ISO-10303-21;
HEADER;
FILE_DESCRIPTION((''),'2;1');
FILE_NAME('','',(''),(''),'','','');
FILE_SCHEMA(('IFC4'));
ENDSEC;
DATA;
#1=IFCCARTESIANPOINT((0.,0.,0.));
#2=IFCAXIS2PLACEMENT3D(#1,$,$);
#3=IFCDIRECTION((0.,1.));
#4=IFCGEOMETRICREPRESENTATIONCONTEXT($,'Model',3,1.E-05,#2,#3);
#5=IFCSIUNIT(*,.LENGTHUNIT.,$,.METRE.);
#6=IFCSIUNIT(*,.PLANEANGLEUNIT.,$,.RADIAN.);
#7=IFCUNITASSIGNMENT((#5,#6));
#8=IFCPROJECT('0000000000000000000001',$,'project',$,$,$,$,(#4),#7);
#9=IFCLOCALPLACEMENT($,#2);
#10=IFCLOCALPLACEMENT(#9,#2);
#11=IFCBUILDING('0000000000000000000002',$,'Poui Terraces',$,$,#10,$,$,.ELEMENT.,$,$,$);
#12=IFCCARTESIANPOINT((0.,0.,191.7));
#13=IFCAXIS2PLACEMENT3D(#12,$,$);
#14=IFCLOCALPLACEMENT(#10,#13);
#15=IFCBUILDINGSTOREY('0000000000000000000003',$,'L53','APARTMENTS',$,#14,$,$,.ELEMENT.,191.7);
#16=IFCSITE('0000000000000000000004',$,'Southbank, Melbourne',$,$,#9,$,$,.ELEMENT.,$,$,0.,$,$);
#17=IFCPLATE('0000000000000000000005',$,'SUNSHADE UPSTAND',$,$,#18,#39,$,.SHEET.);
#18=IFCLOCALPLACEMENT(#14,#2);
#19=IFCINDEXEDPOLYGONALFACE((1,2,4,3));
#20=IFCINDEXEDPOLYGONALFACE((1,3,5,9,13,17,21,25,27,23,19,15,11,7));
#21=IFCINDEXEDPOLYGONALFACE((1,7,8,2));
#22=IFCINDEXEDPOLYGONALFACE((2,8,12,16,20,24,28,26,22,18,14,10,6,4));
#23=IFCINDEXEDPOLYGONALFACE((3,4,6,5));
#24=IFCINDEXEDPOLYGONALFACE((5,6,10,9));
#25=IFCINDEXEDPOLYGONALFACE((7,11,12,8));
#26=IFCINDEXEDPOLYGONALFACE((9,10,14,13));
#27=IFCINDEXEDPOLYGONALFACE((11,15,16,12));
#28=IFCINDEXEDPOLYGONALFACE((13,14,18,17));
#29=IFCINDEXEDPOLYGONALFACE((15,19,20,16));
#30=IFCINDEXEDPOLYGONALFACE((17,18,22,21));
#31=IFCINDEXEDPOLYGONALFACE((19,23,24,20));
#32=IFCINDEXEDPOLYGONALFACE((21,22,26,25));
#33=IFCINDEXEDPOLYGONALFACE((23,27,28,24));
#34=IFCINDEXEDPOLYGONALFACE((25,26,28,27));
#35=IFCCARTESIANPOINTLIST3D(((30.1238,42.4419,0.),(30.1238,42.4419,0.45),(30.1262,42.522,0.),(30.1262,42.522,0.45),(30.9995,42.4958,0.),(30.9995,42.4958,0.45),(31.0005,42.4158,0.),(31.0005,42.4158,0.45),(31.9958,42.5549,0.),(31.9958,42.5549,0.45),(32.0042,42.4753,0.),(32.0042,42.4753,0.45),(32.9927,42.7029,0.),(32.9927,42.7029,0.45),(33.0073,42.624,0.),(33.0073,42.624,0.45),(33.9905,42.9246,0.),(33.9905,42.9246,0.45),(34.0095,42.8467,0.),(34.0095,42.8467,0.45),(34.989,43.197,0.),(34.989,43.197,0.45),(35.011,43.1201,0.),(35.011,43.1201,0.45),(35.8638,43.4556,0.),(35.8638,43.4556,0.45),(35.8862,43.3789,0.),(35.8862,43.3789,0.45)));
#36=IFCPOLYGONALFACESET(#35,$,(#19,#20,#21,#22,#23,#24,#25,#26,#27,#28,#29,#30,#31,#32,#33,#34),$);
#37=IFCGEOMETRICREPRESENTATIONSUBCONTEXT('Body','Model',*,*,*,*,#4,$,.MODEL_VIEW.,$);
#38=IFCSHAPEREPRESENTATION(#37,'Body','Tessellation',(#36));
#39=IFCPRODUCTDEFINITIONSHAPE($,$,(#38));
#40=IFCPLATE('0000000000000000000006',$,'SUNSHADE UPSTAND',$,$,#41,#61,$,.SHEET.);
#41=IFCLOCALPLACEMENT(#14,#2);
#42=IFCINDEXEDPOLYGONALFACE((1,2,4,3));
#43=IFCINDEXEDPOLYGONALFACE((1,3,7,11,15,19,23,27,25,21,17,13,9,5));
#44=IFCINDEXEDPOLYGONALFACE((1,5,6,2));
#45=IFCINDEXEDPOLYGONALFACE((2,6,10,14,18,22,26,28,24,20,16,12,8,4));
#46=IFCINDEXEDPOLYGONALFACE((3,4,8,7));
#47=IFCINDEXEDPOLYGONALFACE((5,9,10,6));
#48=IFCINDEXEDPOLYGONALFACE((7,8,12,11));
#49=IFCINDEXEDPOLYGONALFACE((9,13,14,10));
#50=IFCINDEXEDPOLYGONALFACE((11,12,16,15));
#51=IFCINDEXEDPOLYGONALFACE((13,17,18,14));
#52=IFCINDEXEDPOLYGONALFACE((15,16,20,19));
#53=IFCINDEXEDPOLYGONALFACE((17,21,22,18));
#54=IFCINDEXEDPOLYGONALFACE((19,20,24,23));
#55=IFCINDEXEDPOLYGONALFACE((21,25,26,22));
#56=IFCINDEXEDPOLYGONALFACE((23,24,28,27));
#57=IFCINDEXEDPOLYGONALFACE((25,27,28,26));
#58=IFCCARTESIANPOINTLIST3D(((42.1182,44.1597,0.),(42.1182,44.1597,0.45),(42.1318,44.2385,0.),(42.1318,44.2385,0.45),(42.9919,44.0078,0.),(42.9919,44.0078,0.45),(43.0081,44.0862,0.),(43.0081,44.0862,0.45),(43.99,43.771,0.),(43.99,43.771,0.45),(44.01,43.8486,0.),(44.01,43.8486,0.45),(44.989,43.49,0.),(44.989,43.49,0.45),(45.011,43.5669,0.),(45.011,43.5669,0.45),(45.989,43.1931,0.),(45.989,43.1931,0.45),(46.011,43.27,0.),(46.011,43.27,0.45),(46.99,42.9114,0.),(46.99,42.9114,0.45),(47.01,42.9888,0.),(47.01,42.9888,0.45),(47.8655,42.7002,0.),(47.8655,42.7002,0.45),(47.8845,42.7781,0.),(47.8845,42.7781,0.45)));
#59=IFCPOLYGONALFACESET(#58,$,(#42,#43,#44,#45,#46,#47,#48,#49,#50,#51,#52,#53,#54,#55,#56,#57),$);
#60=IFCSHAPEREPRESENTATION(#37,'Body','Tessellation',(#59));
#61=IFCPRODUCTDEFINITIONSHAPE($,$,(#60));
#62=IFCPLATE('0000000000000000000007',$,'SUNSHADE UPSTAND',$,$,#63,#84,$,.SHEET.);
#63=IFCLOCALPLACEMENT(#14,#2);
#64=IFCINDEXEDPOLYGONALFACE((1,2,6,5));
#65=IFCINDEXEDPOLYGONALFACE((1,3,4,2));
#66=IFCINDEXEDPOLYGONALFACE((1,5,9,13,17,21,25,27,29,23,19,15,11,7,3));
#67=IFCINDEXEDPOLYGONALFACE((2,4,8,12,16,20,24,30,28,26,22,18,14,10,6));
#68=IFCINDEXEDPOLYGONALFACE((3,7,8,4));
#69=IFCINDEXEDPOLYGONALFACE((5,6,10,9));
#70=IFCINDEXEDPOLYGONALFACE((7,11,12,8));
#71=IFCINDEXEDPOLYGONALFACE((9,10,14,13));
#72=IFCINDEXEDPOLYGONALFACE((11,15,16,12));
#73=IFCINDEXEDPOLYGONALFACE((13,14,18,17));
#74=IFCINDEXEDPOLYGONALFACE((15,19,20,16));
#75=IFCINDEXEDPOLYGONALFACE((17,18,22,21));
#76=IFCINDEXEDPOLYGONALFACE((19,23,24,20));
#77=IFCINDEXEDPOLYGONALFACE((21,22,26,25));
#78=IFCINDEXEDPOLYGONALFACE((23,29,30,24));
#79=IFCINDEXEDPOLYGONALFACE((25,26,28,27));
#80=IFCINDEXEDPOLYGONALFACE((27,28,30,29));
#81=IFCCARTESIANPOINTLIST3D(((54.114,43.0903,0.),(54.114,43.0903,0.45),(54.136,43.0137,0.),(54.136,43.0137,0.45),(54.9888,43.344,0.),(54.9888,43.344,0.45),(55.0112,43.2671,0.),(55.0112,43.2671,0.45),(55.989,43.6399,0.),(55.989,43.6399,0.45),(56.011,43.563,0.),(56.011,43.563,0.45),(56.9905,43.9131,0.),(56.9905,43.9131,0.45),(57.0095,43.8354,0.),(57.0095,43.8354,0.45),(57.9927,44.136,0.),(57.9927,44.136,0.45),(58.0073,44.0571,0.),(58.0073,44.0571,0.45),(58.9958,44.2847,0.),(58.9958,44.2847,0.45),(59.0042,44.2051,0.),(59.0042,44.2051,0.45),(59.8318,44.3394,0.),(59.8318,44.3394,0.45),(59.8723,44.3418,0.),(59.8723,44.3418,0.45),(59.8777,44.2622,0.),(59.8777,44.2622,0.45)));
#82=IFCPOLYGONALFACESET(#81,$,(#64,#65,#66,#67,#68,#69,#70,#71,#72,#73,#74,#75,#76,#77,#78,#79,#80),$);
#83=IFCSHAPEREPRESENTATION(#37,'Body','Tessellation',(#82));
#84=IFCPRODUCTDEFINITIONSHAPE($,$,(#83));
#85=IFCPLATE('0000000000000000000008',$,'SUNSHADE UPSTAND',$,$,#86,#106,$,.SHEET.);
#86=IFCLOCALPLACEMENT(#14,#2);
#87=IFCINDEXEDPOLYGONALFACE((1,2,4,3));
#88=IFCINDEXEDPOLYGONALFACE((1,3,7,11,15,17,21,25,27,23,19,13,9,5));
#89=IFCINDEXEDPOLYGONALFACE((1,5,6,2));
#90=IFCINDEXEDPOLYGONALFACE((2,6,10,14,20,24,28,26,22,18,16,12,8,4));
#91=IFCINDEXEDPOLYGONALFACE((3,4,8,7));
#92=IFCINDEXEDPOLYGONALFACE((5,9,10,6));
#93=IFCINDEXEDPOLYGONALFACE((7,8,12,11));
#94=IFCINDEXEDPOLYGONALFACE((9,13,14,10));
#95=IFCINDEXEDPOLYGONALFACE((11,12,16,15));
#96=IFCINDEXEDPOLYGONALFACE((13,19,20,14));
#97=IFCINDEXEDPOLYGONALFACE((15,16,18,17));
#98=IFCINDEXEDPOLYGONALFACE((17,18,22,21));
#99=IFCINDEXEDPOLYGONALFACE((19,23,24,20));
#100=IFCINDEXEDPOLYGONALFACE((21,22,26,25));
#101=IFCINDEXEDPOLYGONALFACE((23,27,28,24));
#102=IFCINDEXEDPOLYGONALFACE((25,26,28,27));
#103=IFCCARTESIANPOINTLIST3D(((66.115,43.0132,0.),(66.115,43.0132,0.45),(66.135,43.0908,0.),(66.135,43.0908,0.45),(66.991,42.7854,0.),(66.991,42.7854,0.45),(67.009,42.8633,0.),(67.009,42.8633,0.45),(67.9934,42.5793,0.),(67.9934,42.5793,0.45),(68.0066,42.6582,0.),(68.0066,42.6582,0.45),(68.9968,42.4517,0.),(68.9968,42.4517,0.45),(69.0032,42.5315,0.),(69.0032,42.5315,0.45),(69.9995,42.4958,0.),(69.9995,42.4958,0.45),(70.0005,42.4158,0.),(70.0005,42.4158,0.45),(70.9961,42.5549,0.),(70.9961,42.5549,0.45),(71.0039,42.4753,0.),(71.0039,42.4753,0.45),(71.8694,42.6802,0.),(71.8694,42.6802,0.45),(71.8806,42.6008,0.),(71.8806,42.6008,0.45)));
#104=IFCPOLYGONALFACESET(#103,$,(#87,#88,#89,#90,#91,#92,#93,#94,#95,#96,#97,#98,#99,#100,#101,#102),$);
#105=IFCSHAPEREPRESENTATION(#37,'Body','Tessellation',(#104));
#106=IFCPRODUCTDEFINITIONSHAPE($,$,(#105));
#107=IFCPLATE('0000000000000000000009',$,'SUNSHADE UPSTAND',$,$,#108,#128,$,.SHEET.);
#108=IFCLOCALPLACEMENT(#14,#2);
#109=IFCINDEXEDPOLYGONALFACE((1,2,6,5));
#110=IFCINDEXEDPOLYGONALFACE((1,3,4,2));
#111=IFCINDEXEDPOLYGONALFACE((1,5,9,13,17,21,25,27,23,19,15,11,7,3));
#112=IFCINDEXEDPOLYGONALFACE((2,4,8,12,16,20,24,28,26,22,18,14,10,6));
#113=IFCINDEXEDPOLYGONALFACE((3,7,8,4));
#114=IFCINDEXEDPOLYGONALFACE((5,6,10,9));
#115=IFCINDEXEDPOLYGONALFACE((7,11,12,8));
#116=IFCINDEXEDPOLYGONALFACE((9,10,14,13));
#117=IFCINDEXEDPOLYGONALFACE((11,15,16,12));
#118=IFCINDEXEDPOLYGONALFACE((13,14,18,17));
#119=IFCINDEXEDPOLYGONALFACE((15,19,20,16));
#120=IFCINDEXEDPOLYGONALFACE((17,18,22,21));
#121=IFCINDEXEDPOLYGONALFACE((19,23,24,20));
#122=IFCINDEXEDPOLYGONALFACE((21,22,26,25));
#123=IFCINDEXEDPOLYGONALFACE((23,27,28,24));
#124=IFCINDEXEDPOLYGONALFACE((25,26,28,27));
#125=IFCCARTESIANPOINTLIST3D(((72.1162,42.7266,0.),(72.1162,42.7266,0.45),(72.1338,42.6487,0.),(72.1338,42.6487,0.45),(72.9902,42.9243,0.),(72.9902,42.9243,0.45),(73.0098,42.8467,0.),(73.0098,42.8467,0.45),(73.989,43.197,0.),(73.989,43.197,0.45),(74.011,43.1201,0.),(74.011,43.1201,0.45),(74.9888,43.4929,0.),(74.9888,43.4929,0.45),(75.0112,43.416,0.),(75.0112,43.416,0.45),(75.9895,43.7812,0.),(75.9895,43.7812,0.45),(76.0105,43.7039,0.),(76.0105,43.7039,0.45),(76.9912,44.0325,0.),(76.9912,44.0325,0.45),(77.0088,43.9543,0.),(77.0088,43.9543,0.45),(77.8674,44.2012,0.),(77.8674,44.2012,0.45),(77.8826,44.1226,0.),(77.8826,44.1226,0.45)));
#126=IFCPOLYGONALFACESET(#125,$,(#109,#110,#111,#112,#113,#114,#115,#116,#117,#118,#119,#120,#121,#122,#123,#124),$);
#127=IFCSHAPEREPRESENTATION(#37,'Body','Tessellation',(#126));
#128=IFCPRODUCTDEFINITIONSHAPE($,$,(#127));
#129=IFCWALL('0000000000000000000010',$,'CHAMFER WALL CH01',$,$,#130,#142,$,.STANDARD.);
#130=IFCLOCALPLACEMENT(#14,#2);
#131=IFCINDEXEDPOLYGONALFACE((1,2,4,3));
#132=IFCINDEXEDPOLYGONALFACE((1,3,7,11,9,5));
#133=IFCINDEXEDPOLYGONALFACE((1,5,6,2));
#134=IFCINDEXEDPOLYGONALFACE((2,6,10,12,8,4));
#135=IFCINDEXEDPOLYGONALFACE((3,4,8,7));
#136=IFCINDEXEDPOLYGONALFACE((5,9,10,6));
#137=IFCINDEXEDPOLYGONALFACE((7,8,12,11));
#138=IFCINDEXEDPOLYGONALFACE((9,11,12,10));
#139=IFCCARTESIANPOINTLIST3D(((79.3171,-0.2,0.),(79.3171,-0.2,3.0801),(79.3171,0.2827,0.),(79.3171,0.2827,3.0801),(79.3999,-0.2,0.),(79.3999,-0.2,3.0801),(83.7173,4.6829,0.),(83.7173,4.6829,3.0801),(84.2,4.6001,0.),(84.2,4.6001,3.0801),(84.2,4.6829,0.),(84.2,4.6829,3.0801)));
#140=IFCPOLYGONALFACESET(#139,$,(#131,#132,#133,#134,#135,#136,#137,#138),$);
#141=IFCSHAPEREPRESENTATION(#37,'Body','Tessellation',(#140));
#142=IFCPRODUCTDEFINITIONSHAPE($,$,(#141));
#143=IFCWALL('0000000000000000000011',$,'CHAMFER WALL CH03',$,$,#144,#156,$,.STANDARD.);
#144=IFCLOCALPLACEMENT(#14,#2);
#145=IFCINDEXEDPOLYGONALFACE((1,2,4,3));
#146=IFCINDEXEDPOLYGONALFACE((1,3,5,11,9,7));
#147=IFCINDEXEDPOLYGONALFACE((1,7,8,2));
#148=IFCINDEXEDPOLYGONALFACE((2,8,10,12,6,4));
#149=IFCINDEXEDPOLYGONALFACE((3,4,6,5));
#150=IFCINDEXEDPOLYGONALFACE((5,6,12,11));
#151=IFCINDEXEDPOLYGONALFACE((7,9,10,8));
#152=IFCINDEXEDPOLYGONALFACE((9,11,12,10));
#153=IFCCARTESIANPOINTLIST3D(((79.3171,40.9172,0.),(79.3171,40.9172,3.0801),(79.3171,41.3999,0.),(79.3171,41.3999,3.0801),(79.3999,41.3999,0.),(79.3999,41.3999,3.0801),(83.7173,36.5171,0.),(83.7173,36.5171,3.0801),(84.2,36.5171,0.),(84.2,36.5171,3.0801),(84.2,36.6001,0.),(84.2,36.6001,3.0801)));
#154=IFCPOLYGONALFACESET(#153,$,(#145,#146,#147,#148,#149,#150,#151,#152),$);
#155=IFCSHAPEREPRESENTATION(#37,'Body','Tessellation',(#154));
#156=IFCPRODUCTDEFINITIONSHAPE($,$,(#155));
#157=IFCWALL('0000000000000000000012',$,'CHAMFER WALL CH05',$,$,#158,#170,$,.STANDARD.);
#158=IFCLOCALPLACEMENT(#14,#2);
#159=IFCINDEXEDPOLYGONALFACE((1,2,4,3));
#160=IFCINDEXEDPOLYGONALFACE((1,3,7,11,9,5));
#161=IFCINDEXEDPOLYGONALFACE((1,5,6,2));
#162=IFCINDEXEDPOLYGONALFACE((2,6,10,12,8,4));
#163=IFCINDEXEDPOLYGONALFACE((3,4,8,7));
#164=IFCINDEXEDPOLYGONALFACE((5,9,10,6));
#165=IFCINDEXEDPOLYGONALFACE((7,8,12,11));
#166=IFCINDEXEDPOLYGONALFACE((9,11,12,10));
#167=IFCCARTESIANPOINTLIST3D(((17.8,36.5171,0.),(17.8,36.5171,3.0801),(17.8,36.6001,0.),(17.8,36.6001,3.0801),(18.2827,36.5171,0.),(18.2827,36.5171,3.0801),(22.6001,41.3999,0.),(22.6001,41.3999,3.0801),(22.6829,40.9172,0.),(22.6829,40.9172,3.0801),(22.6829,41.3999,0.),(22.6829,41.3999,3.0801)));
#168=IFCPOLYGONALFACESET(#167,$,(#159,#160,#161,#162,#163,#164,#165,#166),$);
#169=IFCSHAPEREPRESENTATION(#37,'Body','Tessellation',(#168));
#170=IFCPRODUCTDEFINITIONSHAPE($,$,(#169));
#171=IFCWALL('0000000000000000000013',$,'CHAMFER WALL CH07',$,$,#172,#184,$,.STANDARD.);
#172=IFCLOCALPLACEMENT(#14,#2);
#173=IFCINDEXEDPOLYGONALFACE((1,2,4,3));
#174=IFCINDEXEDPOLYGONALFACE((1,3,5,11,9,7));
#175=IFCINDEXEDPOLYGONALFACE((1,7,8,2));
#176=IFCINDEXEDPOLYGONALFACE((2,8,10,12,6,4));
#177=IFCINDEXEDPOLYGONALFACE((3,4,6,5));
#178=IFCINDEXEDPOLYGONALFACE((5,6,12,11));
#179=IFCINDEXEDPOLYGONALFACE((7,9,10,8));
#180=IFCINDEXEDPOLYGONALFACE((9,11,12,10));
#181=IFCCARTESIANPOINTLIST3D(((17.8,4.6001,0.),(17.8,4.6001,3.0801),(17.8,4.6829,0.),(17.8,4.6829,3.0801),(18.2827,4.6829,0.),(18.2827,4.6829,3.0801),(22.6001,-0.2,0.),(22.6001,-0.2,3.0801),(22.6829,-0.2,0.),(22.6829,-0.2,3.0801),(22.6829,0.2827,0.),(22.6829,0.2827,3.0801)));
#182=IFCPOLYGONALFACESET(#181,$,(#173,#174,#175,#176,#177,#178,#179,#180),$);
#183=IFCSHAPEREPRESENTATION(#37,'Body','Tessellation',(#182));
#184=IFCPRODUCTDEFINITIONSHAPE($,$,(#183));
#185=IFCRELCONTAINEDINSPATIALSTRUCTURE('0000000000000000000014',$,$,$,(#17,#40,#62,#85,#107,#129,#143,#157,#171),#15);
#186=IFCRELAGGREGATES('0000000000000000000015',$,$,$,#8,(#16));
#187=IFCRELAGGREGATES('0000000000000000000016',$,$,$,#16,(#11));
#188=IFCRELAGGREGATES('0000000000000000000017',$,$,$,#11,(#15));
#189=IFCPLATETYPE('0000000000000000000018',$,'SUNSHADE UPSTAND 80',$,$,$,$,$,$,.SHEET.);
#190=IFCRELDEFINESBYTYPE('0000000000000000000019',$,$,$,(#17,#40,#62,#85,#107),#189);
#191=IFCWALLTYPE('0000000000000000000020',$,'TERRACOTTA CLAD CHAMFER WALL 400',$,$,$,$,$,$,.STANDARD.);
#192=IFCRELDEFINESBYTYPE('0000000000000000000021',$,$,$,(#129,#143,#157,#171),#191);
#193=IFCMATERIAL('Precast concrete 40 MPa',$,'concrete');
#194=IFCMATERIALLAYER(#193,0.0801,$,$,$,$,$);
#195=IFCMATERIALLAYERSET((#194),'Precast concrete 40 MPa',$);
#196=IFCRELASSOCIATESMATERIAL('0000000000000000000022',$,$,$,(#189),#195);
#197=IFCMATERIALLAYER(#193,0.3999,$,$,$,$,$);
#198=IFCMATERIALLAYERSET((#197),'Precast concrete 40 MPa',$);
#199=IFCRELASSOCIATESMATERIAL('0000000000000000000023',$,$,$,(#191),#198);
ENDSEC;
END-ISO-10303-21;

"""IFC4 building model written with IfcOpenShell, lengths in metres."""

from ifc_helpers import new_model, si_unit, direction, frame, origin, place, context, subcontext, project, spatial, polyline, outline, extrude, material, layer, layer_set, type_object, element, save


model = new_model("IFC4")

# Units and contexts
model_context = context("Model", 3, precision=1e-05, world=origin(), true_north=direction((0.0, 1.0)))
body_context = subcontext(model_context, "Body", "Model", "MODEL_VIEW")
ifc_project = project(units=[si_unit("LENGTHUNIT", "METRE"), si_unit("PLANEANGLEUNIT", "RADIAN")], contexts=[model_context])

# Site, building, storey
site_placement = place(None, origin())
site = spatial("IfcSite", under=ifc_project, at=site_placement, Name="Southbank, Melbourne", CompositionType="ELEMENT", RefElevation=0.0)
building_placement = place(site_placement, origin())
building = spatial("IfcBuilding", under=site, at=building_placement, Name="Poui Terraces", CompositionType="ELEMENT")
storey_placement = place(building_placement, frame((0.0, 0.0, 191.7)))
storey = spatial("IfcBuildingStorey", under=building, at=storey_placement, Name="L53", Description="APARTMENTS", CompositionType="ELEMENT", Elevation=191.7)

# Shared definitions
ifc_material_1 = material(Name="Precast concrete 40 MPa", Category="concrete")

# Plates
ifc_layer_1 = layer(ifc_material_1, 0.0801)
ifc_layer_set_1 = layer_set([ifc_layer_1], Name="Precast concrete 40 MPa")
plate_type = type_object("IfcPlateType", Name="SUNSHADE UPSTAND 80", PredefinedType="SHEET", material=ifc_layer_set_1)
plate_1_placement = place(storey_placement, origin())
element("IfcPlate", 1, at=plate_1_placement, inside=storey, type_object=plate_type, Name="SUNSHADE UPSTAND", PredefinedType="SHEET", context=body_context, shape_type="SweptSolid", body=[
    extrude(outline(polyline([(30.9995, 42.4958), (30.1262, 42.522), (30.1238, 42.4419), (31.0005, 42.4158), (32.0042, 42.4753), (33.0073, 42.624), (34.0095, 42.8467), (35.011, 43.1201), (35.8862, 43.3789), (35.8638, 43.4556), (34.989, 43.197), (33.9905, 42.9246), (32.9927, 42.7029), (31.9958, 42.5549), (30.9995, 42.4958)])), origin(), (0.0, 0.0, 1.0), 0.45),
])
plate_2_placement = place(storey_placement, origin())
element("IfcPlate", 2, at=plate_2_placement, inside=storey, type_object=plate_type, Name="SUNSHADE UPSTAND", PredefinedType="SHEET", context=body_context, shape_type="SweptSolid", body=[
    extrude(outline(polyline([(43.0081, 44.0862), (42.1318, 44.2385), (42.1182, 44.1597), (42.9919, 44.0078), (43.99, 43.771), (44.989, 43.49), (45.989, 43.1931), (46.99, 42.9114), (47.8655, 42.7002), (47.8845, 42.7781), (47.01, 42.9888), (46.011, 43.27), (45.011, 43.5669), (44.01, 43.8486), (43.0081, 44.0862)])), origin(), (0.0, 0.0, 1.0), 0.45),
])
plate_3_placement = place(storey_placement, origin())
element("IfcPlate", 3, at=plate_3_placement, inside=storey, type_object=plate_type, Name="SUNSHADE UPSTAND", PredefinedType="SHEET", context=body_context, shape_type="SweptSolid", body=[
    extrude(outline(polyline([(54.9888, 43.344), (54.114, 43.0903), (54.136, 43.0137), (55.0112, 43.2671), (56.011, 43.563), (57.0095, 43.8354), (58.0073, 44.0571), (59.0042, 44.2051), (59.8777, 44.2622), (59.8723, 44.3418), (59.8318, 44.3394), (58.9958, 44.2847), (57.9927, 44.136), (56.9905, 43.9131), (55.989, 43.6399), (54.9888, 43.344)])), origin(), (0.0, 0.0, 1.0), 0.45),
])
plate_4_placement = place(storey_placement, origin())
element("IfcPlate", 4, at=plate_4_placement, inside=storey, type_object=plate_type, Name="SUNSHADE UPSTAND", PredefinedType="SHEET", context=body_context, shape_type="SweptSolid", body=[
    extrude(outline(polyline([(67.009, 42.8633), (66.135, 43.0908), (66.115, 43.0132), (66.991, 42.7854), (67.9934, 42.5793), (68.9968, 42.4517), (70.0005, 42.4158), (71.0039, 42.4753), (71.8806, 42.6008), (71.8694, 42.6802), (70.9961, 42.5549), (69.9995, 42.4958), (69.0032, 42.5315), (68.0066, 42.6582), (67.009, 42.8633)])), origin(), (0.0, 0.0, 1.0), 0.45),
])
plate_5_placement = place(storey_placement, origin())
element("IfcPlate", 5, at=plate_5_placement, inside=storey, type_object=plate_type, Name="SUNSHADE UPSTAND", PredefinedType="SHEET", context=body_context, shape_type="SweptSolid", body=[
    extrude(outline(polyline([(72.9902, 42.9243), (72.1162, 42.7266), (72.1338, 42.6487), (73.0098, 42.8467), (74.011, 43.1201), (75.0112, 43.416), (76.0105, 43.7039), (77.0088, 43.9543), (77.8826, 44.1226), (77.8674, 44.2012), (76.9912, 44.0325), (75.9895, 43.7812), (74.9888, 43.4929), (73.989, 43.197), (72.9902, 42.9243)])), origin(), (0.0, 0.0, 1.0), 0.45),
])

# Walls
ifc_layer_2 = layer(ifc_material_1, 0.3999)
ifc_layer_set_2 = layer_set([ifc_layer_2], Name="Precast concrete 40 MPa")
wall_type = type_object("IfcWallType", Name="TERRACOTTA CLAD CHAMFER WALL 400", PredefinedType="STANDARD", material=ifc_layer_set_2)
wall_1_placement = place(storey_placement, origin())
element("IfcWall", 6, at=wall_1_placement, inside=storey, type_object=wall_type, Name="CHAMFER WALL CH01", PredefinedType="STANDARD", context=body_context, shape_type="SweptSolid", body=[
    extrude(outline(polyline([(79.3171, -0.2), (79.3999, -0.2), (84.2, 4.6001), (84.2, 4.6829), (83.7173, 4.6829), (79.3171, 0.2827), (79.3171, -0.2)])), origin(), (0.0, 0.0, 1.0), 3.0801),
])
wall_2_placement = place(storey_placement, origin())
element("IfcWall", 7, at=wall_2_placement, inside=storey, type_object=wall_type, Name="CHAMFER WALL CH03", PredefinedType="STANDARD", context=body_context, shape_type="SweptSolid", body=[
    extrude(outline(polyline([(84.2, 36.5171), (84.2, 36.6001), (79.3999, 41.3999), (79.3171, 41.3999), (79.3171, 40.9172), (83.7173, 36.5171), (84.2, 36.5171)])), origin(), (0.0, 0.0, 1.0), 3.0801),
])
wall_3_placement = place(storey_placement, origin())
element("IfcWall", 8, at=wall_3_placement, inside=storey, type_object=wall_type, Name="CHAMFER WALL CH05", PredefinedType="STANDARD", context=body_context, shape_type="SweptSolid", body=[
    extrude(outline(polyline([(22.6829, 41.3999), (22.6001, 41.3999), (17.8, 36.6001), (17.8, 36.5171), (18.2827, 36.5171), (22.6829, 40.9172), (22.6829, 41.3999)])), origin(), (0.0, 0.0, 1.0), 3.0801),
])
wall_4_placement = place(storey_placement, origin())
element("IfcWall", 9, at=wall_4_placement, inside=storey, type_object=wall_type, Name="CHAMFER WALL CH07", PredefinedType="STANDARD", context=body_context, shape_type="SweptSolid", body=[
    extrude(outline(polyline([(17.8, 4.6829), (17.8, 4.6001), (22.6001, -0.2), (22.6829, -0.2), (22.6829, 0.2827), (18.2827, 4.6829), (17.8, 4.6829)])), origin(), (0.0, 0.0, 1.0), 3.0801),
])

save(model, "model.ifc")
